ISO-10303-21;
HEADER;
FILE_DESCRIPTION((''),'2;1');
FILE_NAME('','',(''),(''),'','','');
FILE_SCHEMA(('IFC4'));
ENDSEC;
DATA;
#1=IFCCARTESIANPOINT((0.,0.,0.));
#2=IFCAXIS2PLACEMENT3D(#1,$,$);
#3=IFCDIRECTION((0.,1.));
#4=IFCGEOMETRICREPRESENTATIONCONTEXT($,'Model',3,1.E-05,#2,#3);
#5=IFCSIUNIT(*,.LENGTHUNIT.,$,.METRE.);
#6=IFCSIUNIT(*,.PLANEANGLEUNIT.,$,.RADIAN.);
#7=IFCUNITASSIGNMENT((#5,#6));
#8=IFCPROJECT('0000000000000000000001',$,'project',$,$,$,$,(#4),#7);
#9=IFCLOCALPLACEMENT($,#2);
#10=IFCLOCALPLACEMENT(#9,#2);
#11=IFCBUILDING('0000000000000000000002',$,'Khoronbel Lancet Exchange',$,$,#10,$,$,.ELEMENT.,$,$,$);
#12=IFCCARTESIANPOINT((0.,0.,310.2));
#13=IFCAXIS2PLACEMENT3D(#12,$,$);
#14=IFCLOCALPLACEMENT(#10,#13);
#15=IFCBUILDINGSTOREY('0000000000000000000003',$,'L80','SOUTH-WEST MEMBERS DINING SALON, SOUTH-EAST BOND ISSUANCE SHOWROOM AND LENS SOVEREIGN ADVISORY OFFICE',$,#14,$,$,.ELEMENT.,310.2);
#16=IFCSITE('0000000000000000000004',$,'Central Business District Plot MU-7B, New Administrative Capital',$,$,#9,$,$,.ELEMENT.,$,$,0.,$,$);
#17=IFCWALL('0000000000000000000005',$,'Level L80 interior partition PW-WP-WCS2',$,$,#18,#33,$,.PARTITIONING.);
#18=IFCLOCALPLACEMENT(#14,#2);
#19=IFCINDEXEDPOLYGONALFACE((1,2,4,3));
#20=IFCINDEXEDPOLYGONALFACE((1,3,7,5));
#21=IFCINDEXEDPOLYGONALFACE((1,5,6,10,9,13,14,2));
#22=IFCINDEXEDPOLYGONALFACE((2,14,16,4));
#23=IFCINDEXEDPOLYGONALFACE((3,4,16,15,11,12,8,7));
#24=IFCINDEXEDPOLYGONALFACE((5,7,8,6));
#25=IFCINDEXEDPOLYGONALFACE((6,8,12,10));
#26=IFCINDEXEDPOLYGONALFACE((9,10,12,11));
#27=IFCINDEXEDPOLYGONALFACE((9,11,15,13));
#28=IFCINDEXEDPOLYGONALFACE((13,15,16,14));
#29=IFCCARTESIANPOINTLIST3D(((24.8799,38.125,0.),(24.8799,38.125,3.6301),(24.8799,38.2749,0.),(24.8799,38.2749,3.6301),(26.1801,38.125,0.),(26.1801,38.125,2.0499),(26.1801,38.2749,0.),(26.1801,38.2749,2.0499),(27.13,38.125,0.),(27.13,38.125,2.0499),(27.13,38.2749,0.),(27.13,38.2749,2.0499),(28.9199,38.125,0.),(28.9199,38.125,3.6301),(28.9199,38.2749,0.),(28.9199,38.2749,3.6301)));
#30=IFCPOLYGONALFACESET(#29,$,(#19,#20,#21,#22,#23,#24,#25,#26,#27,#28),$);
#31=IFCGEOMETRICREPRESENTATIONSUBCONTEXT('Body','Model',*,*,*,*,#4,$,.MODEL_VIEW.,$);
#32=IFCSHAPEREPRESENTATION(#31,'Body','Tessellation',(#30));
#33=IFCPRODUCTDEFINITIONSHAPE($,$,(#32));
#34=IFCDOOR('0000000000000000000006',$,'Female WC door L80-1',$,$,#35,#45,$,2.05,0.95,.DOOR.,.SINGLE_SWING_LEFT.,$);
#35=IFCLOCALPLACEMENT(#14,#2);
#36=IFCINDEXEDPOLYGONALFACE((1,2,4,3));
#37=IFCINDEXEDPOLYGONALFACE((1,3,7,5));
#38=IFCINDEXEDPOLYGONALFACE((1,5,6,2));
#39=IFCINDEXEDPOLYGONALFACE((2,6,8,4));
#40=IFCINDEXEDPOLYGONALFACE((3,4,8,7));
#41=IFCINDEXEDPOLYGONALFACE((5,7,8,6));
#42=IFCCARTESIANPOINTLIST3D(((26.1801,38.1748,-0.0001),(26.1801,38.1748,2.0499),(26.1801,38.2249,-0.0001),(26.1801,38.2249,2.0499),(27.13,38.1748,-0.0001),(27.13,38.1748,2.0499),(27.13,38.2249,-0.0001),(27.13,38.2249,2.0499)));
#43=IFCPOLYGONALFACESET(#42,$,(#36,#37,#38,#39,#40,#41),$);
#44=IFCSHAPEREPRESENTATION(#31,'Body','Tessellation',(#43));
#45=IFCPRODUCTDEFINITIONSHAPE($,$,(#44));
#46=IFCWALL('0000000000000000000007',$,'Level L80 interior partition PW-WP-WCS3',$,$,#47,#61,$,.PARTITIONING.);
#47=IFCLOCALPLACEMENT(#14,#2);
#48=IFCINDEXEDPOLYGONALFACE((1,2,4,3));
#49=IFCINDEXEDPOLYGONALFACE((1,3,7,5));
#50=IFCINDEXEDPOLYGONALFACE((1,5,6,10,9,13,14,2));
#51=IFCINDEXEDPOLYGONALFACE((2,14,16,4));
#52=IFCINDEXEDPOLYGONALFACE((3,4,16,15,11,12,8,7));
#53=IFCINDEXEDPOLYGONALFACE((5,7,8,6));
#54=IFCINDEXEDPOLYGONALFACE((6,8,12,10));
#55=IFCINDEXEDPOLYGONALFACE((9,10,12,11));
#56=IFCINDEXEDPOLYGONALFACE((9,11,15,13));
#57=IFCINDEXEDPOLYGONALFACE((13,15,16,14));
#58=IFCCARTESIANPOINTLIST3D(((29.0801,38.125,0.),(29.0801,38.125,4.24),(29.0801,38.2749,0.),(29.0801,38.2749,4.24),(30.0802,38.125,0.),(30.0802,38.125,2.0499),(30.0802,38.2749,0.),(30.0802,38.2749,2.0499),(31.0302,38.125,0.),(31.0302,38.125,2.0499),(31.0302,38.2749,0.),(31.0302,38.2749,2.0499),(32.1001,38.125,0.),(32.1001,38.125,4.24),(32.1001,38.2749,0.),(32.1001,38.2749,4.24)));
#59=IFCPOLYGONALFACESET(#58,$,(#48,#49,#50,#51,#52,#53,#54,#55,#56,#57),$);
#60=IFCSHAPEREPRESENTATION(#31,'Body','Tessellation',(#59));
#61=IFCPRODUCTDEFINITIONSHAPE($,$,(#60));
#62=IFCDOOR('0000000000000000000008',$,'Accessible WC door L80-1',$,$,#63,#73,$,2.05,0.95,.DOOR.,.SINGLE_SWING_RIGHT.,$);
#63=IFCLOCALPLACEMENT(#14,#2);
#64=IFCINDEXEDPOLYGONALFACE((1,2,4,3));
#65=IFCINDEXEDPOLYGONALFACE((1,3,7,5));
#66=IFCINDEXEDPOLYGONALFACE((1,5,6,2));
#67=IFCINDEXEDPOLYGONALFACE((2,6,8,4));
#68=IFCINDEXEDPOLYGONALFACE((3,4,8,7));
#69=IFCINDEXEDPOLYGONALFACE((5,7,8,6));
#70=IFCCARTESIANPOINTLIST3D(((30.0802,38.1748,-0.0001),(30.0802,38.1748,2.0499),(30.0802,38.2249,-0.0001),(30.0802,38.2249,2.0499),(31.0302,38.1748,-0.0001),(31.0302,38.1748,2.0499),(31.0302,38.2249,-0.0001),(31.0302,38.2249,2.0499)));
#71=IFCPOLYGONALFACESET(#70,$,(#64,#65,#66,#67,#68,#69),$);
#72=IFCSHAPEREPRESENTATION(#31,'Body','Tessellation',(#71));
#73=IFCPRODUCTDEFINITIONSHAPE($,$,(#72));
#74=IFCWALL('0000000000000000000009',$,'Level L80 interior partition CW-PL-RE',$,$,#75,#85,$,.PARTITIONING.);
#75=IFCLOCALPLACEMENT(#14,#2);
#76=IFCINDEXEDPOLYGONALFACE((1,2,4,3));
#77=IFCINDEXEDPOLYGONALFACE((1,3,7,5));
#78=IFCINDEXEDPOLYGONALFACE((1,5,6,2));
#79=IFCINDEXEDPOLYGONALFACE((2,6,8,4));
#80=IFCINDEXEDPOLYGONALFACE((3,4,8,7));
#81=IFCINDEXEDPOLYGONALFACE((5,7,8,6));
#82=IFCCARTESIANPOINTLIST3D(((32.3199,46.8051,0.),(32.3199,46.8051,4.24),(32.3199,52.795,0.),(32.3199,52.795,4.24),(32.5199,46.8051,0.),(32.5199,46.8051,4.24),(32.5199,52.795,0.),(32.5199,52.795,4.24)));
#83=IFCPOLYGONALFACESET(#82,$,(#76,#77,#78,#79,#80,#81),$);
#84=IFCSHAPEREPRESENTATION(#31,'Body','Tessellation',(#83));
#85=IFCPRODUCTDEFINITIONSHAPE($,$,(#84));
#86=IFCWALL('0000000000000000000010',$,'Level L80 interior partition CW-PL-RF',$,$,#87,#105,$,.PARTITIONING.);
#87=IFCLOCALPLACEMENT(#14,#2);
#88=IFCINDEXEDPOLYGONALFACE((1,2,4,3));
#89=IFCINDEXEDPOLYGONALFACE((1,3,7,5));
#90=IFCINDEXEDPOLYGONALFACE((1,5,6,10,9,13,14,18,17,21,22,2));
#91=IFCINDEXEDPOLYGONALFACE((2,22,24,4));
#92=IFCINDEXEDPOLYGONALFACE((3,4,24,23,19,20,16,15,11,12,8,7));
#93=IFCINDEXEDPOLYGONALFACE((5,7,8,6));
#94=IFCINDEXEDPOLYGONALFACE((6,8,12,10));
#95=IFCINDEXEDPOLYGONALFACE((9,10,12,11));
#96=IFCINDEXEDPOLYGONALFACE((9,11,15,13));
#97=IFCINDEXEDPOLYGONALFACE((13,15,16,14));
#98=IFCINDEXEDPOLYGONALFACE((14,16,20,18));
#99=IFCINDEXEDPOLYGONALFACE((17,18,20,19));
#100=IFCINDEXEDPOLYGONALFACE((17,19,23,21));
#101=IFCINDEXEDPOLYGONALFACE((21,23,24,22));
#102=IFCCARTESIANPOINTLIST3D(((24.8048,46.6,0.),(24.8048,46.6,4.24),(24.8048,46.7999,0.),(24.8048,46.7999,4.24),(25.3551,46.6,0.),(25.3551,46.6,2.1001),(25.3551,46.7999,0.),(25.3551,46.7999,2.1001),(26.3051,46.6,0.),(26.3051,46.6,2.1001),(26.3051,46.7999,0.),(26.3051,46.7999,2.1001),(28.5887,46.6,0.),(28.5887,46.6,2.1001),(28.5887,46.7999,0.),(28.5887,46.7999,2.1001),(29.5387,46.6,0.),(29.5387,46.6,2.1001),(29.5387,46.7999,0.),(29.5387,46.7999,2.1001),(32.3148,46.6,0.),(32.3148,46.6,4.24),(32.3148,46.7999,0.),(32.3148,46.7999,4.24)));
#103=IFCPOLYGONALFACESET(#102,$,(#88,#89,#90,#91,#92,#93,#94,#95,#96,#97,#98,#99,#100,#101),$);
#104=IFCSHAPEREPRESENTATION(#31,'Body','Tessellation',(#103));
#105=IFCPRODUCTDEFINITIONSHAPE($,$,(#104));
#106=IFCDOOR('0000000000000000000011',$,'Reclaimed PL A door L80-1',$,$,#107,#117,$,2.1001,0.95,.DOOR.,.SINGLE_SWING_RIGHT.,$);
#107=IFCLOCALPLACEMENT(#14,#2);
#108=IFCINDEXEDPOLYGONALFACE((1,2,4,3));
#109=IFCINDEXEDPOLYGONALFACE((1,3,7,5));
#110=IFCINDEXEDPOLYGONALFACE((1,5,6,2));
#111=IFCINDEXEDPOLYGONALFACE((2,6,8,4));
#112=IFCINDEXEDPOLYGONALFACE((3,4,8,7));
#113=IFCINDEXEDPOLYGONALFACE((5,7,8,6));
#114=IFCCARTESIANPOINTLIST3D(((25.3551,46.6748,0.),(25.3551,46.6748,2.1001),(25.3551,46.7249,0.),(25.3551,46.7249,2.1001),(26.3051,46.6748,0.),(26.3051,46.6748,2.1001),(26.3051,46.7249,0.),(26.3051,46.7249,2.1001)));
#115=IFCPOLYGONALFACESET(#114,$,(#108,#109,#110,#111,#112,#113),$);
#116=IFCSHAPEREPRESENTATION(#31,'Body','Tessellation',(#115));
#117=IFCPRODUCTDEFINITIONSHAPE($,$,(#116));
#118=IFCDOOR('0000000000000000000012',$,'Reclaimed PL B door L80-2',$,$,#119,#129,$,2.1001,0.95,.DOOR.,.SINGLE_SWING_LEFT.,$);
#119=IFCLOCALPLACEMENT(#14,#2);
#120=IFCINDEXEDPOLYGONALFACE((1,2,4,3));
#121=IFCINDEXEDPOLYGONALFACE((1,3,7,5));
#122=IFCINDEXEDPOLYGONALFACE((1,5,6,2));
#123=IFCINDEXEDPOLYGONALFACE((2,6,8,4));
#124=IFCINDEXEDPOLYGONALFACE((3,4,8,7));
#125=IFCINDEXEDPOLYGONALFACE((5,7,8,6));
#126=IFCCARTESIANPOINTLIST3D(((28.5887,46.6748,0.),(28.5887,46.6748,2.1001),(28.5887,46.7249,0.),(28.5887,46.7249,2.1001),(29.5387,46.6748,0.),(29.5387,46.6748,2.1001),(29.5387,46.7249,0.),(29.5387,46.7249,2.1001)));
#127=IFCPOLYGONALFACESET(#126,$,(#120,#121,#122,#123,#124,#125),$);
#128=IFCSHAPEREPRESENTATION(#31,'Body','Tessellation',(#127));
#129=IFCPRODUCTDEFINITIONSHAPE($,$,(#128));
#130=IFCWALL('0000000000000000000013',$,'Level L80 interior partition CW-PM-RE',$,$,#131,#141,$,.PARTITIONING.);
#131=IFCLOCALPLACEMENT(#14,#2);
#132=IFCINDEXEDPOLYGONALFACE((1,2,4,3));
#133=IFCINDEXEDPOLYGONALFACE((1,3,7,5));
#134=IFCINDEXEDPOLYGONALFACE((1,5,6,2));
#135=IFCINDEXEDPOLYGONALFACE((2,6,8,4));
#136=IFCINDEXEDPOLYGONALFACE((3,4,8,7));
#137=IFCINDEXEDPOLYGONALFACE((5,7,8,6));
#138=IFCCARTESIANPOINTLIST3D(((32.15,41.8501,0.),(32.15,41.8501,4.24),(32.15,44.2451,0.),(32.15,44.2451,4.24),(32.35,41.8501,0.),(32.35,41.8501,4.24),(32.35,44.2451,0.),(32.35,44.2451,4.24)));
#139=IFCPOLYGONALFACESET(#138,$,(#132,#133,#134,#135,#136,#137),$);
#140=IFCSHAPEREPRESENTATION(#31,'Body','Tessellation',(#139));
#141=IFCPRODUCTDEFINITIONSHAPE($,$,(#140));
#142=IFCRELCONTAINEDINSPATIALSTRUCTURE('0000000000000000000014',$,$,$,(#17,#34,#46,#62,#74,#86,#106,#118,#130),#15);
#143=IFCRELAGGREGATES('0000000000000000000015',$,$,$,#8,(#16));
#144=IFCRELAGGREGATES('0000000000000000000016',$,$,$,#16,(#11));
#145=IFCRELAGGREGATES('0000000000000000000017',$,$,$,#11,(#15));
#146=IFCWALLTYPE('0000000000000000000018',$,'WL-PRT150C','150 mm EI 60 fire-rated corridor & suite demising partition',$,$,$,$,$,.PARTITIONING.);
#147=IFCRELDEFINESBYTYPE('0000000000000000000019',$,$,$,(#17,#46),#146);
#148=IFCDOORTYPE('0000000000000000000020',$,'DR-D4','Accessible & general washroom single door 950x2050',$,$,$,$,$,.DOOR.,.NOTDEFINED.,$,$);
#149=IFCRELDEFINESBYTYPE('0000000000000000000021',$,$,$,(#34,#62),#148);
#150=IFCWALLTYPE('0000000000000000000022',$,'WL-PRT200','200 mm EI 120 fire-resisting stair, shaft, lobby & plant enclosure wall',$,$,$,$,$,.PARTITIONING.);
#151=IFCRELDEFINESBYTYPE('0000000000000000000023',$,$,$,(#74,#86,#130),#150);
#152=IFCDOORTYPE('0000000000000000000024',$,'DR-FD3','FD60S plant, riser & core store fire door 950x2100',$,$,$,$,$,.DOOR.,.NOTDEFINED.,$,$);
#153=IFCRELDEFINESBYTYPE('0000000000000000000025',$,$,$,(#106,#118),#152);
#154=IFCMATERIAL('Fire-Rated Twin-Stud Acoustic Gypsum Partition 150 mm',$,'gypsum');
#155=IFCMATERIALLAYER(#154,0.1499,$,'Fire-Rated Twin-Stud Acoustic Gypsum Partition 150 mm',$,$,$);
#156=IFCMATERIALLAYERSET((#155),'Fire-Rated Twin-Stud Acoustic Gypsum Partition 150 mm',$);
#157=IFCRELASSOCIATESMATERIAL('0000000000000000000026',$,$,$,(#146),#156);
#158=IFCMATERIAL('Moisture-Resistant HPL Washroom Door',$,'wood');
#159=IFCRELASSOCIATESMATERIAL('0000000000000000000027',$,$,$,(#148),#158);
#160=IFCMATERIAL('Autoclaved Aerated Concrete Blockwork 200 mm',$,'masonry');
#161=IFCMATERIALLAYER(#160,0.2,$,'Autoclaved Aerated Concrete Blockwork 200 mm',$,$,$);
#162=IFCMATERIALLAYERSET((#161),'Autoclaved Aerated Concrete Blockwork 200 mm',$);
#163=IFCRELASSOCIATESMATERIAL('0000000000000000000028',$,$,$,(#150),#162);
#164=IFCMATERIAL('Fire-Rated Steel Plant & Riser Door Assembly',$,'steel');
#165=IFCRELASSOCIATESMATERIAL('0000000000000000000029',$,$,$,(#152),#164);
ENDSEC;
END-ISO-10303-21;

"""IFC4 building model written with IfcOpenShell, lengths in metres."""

from ifc_helpers import new_model, si_unit, direction, frame, frame_2d, origin, place, context, subcontext, project, spatial, rectangle, extrude, material, layer, layer_set, type_object, element, fill, save


model = new_model("IFC4")

# Units and contexts
model_context = context("Model", 3, precision=1e-05, world=origin(), true_north=direction((0.0, 1.0)))
body_context = subcontext(model_context, "Body", "Model", "MODEL_VIEW")
ifc_project = project(units=[si_unit("LENGTHUNIT", "METRE"), si_unit("PLANEANGLEUNIT", "RADIAN")], contexts=[model_context])

# Site, building, storey
site_placement = place(None, origin())
site = spatial("IfcSite", under=ifc_project, at=site_placement, Name="Central Business District Plot MU-7B, New Administrative Capital", CompositionType="ELEMENT", RefElevation=0.0)
building_placement = place(site_placement, origin())
building = spatial("IfcBuilding", under=site, at=building_placement, Name="Khoronbel Lancet Exchange", CompositionType="ELEMENT")
storey_placement = place(building_placement, frame((0.0, 0.0, 310.2)))
storey = spatial("IfcBuildingStorey", under=building, at=storey_placement, Name="L80", Description="SOUTH-WEST MEMBERS DINING SALON, SOUTH-EAST BOND ISSUANCE SHOWROOM AND LENS SOVEREIGN ADVISORY OFFICE", CompositionType="ELEMENT", Elevation=310.2)

# Walls, openings, doors
ifc_material_1 = material(Name="Fire-Rated Twin-Stud Acoustic Gypsum Partition 150 mm", Category="gypsum")
ifc_layer_1 = layer(ifc_material_1, 0.1499, Name="Fire-Rated Twin-Stud Acoustic Gypsum Partition 150 mm")
ifc_layer_set_1 = layer_set([ifc_layer_1], Name="Fire-Rated Twin-Stud Acoustic Gypsum Partition 150 mm")
wall_type_1 = type_object("IfcWallType", Name="WL-PRT150C", Description="150 mm EI 60 fire-rated corridor & suite demising partition", PredefinedType="PARTITIONING", material=ifc_layer_set_1)
wall_1_placement = place(storey_placement, frame((24.8799, 38.2, 0.0), z_axis=(0.0, 0.0, 1.0), x_axis=(1.0, 0.0, 0.0)))
wall_1 = element("IfcWall", 1, at=wall_1_placement, inside=storey, type_object=wall_type_1, Name="Level L80 interior partition PW-WP-WCS2", PredefinedType="PARTITIONING", context=body_context, shape_type="SweptSolid", body=[
    extrude(rectangle(XDim=4.04, YDim=0.1499, at=frame_2d((2.02, 0.0))), origin(), (0.0, 0.0, 1.0), 3.6301),
])
opening_1_placement = place(wall_1_placement, frame((1.3, 0.0, 0.0)))
opening_1 = element("IfcOpeningElement", 2, at=opening_1_placement, cuts=wall_1, PredefinedType="OPENING", context=body_context, shape_type="SweptSolid", body=[
    extrude(rectangle(XDim=0.95, YDim=2.05, at=frame_2d((0.4751, 1.0249))), frame((0.0, 0.085, 0.0), z_axis=(0.0, -1.0, 0.0), x_axis=(1.0, 0.0, 0.0)), (0.0, 0.0, 1.0), 0.1699),
])
ifc_material_2 = material(Name="Moisture-Resistant HPL Washroom Door", Category="wood")
door_type_1 = type_object("IfcDoorType", Name="DR-D4", Description="Accessible & general washroom single door 950x2050", OperationType="NOTDEFINED", PredefinedType="DOOR", material=ifc_material_2)
door_1_placement = place(opening_1_placement, origin())
door_1 = element("IfcDoor", 3, at=door_1_placement, inside=storey, type_object=door_type_1, Name="Female WC door L80-1", OperationType="SINGLE_SWING_LEFT", OverallHeight=2.05, OverallWidth=0.95, PredefinedType="DOOR", context=body_context, shape_type="SweptSolid", body=[
    extrude(rectangle(XDim=0.95, YDim=2.05, at=frame_2d((0.4751, 1.0249))), frame((0.0, 0.0249, 0.0), z_axis=(0.0, -1.0, 0.0), x_axis=(1.0, 0.0, 0.0)), (0.0, 0.0, 1.0), 0.05),
])
fill(opening_1, door_1)
wall_2_placement = place(storey_placement, frame((29.0801, 38.2, 0.0), z_axis=(0.0, 0.0, 1.0), x_axis=(1.0, 0.0, 0.0)))
wall_2 = element("IfcWall", 4, at=wall_2_placement, inside=storey, type_object=wall_type_1, Name="Level L80 interior partition PW-WP-WCS3", PredefinedType="PARTITIONING", context=body_context, shape_type="SweptSolid", body=[
    extrude(rectangle(XDim=3.02, YDim=0.1499, at=frame_2d((1.51, 0.0))), origin(), (0.0, 0.0, 1.0), 4.24),
])
opening_2_placement = place(wall_2_placement, frame((1.0, 0.0, 0.0)))
opening_2 = element("IfcOpeningElement", 5, at=opening_2_placement, cuts=wall_2, PredefinedType="OPENING", context=body_context, shape_type="SweptSolid", body=[
    extrude(rectangle(XDim=0.95, YDim=2.05, at=frame_2d((0.4751, 1.0249))), frame((0.0, 0.085, 0.0), z_axis=(0.0, -1.0, 0.0), x_axis=(1.0, 0.0, 0.0)), (0.0, 0.0, 1.0), 0.1699),
])
door_2_placement = place(opening_2_placement, origin())
door_2 = element("IfcDoor", 6, at=door_2_placement, inside=storey, type_object=door_type_1, Name="Accessible WC door L80-1", OperationType="SINGLE_SWING_RIGHT", OverallHeight=2.05, OverallWidth=0.95, PredefinedType="DOOR", context=body_context, shape_type="SweptSolid", body=[
    extrude(rectangle(XDim=0.95, YDim=2.05, at=frame_2d((0.4751, 1.0249))), frame((0.0, 0.0249, 0.0), z_axis=(0.0, -1.0, 0.0), x_axis=(1.0, 0.0, 0.0)), (0.0, 0.0, 1.0), 0.05),
])
fill(opening_2, door_2)

# Wall
ifc_material_3 = material(Name="Autoclaved Aerated Concrete Blockwork 200 mm", Category="masonry")
ifc_layer_2 = layer(ifc_material_3, 0.2, Name="Autoclaved Aerated Concrete Blockwork 200 mm")
ifc_layer_set_2 = layer_set([ifc_layer_2], Name="Autoclaved Aerated Concrete Blockwork 200 mm")
wall_type_2 = type_object("IfcWallType", Name="WL-PRT200", Description="200 mm EI 120 fire-resisting stair, shaft, lobby & plant enclosure wall", PredefinedType="PARTITIONING", material=ifc_layer_set_2)
wall_3_placement = place(storey_placement, frame((32.4199, 46.8049, 0.0), z_axis=(0.0, 0.0, 1.0), x_axis=(0.0, 1.0, 0.0)))
element("IfcWall", 7, at=wall_3_placement, inside=storey, type_object=wall_type_2, Name="Level L80 interior partition CW-PL-RE", PredefinedType="PARTITIONING", context=body_context, shape_type="SweptSolid", body=[
    extrude(rectangle(XDim=5.99, YDim=0.2, at=frame_2d((2.9951, 0.0))), origin(), (0.0, 0.0, 1.0), 4.24),
])

# Wall, openings, doors
wall_4_placement = place(storey_placement, frame((24.8049, 46.7, 0.0), z_axis=(0.0, 0.0, 1.0), x_axis=(1.0, 0.0, 0.0)))
wall_4 = element("IfcWall", 8, at=wall_4_placement, inside=storey, type_object=wall_type_2, Name="Level L80 interior partition CW-PL-RF", PredefinedType="PARTITIONING", context=body_context, shape_type="SweptSolid", body=[
    extrude(rectangle(XDim=7.51, YDim=0.2, at=frame_2d((3.7549, 0.0))), origin(), (0.0, 0.0, 1.0), 4.24),
])
opening_3_placement = place(wall_4_placement, frame((0.55, 0.0, 0.0)))
opening_3 = element("IfcOpeningElement", 9, at=opening_3_placement, cuts=wall_4, PredefinedType="OPENING", context=body_context, shape_type="SweptSolid", body=[
    extrude(rectangle(XDim=0.95, YDim=2.1001, at=frame_2d((0.4751, 1.05))), frame((0.0, 0.1099, 0.0), z_axis=(0.0, -1.0, 0.0), x_axis=(1.0, 0.0, 0.0)), (0.0, 0.0, 1.0), 0.22),
])
opening_4_placement = place(wall_4_placement, frame((3.7837, 0.0, 0.0)))
opening_4 = element("IfcOpeningElement", 10, at=opening_4_placement, cuts=wall_4, PredefinedType="OPENING", context=body_context, shape_type="SweptSolid", body=[
    extrude(rectangle(XDim=0.95, YDim=2.1001, at=frame_2d((0.4751, 1.05))), frame((0.0, 0.1099, 0.0), z_axis=(0.0, -1.0, 0.0), x_axis=(1.0, 0.0, 0.0)), (0.0, 0.0, 1.0), 0.22),
])
ifc_material_4 = material(Name="Fire-Rated Steel Plant & Riser Door Assembly", Category="steel")
door_type_2 = type_object("IfcDoorType", Name="DR-FD3", Description="FD60S plant, riser & core store fire door 950x2100", OperationType="NOTDEFINED", PredefinedType="DOOR", material=ifc_material_4)
door_3_placement = place(opening_3_placement, origin())
door_3 = element("IfcDoor", 11, at=door_3_placement, inside=storey, type_object=door_type_2, Name="Reclaimed PL A door L80-1", OperationType="SINGLE_SWING_RIGHT", OverallHeight=2.1001, OverallWidth=0.95, PredefinedType="DOOR", context=body_context, shape_type="SweptSolid", body=[
    extrude(rectangle(XDim=0.95, YDim=2.1001, at=frame_2d((0.4751, 1.05))), frame((0.0, 0.0249, 0.0), z_axis=(0.0, -1.0, 0.0), x_axis=(1.0, 0.0, 0.0)), (0.0, 0.0, 1.0), 0.05),
])
fill(opening_3, door_3)
door_4_placement = place(opening_4_placement, origin())
door_4 = element("IfcDoor", 12, at=door_4_placement, inside=storey, type_object=door_type_2, Name="Reclaimed PL B door L80-2", OperationType="SINGLE_SWING_LEFT", OverallHeight=2.1001, OverallWidth=0.95, PredefinedType="DOOR", context=body_context, shape_type="SweptSolid", body=[
    extrude(rectangle(XDim=0.95, YDim=2.1001, at=frame_2d((0.4751, 1.05))), frame((0.0, 0.0249, 0.0), z_axis=(0.0, -1.0, 0.0), x_axis=(1.0, 0.0, 0.0)), (0.0, 0.0, 1.0), 0.05),
])
fill(opening_4, door_4)

# Wall
wall_5_placement = place(storey_placement, frame((32.25, 41.8501, 0.0), z_axis=(0.0, 0.0, 1.0), x_axis=(0.0, 1.0, 0.0)))
element("IfcWall", 13, at=wall_5_placement, inside=storey, type_object=wall_type_2, Name="Level L80 interior partition CW-PM-RE", PredefinedType="PARTITIONING", context=body_context, shape_type="SweptSolid", body=[
    extrude(rectangle(XDim=2.395, YDim=0.2, at=frame_2d((1.1975, 0.0))), origin(), (0.0, 0.0, 1.0), 4.24),
])

save(model, "model.ifc")
